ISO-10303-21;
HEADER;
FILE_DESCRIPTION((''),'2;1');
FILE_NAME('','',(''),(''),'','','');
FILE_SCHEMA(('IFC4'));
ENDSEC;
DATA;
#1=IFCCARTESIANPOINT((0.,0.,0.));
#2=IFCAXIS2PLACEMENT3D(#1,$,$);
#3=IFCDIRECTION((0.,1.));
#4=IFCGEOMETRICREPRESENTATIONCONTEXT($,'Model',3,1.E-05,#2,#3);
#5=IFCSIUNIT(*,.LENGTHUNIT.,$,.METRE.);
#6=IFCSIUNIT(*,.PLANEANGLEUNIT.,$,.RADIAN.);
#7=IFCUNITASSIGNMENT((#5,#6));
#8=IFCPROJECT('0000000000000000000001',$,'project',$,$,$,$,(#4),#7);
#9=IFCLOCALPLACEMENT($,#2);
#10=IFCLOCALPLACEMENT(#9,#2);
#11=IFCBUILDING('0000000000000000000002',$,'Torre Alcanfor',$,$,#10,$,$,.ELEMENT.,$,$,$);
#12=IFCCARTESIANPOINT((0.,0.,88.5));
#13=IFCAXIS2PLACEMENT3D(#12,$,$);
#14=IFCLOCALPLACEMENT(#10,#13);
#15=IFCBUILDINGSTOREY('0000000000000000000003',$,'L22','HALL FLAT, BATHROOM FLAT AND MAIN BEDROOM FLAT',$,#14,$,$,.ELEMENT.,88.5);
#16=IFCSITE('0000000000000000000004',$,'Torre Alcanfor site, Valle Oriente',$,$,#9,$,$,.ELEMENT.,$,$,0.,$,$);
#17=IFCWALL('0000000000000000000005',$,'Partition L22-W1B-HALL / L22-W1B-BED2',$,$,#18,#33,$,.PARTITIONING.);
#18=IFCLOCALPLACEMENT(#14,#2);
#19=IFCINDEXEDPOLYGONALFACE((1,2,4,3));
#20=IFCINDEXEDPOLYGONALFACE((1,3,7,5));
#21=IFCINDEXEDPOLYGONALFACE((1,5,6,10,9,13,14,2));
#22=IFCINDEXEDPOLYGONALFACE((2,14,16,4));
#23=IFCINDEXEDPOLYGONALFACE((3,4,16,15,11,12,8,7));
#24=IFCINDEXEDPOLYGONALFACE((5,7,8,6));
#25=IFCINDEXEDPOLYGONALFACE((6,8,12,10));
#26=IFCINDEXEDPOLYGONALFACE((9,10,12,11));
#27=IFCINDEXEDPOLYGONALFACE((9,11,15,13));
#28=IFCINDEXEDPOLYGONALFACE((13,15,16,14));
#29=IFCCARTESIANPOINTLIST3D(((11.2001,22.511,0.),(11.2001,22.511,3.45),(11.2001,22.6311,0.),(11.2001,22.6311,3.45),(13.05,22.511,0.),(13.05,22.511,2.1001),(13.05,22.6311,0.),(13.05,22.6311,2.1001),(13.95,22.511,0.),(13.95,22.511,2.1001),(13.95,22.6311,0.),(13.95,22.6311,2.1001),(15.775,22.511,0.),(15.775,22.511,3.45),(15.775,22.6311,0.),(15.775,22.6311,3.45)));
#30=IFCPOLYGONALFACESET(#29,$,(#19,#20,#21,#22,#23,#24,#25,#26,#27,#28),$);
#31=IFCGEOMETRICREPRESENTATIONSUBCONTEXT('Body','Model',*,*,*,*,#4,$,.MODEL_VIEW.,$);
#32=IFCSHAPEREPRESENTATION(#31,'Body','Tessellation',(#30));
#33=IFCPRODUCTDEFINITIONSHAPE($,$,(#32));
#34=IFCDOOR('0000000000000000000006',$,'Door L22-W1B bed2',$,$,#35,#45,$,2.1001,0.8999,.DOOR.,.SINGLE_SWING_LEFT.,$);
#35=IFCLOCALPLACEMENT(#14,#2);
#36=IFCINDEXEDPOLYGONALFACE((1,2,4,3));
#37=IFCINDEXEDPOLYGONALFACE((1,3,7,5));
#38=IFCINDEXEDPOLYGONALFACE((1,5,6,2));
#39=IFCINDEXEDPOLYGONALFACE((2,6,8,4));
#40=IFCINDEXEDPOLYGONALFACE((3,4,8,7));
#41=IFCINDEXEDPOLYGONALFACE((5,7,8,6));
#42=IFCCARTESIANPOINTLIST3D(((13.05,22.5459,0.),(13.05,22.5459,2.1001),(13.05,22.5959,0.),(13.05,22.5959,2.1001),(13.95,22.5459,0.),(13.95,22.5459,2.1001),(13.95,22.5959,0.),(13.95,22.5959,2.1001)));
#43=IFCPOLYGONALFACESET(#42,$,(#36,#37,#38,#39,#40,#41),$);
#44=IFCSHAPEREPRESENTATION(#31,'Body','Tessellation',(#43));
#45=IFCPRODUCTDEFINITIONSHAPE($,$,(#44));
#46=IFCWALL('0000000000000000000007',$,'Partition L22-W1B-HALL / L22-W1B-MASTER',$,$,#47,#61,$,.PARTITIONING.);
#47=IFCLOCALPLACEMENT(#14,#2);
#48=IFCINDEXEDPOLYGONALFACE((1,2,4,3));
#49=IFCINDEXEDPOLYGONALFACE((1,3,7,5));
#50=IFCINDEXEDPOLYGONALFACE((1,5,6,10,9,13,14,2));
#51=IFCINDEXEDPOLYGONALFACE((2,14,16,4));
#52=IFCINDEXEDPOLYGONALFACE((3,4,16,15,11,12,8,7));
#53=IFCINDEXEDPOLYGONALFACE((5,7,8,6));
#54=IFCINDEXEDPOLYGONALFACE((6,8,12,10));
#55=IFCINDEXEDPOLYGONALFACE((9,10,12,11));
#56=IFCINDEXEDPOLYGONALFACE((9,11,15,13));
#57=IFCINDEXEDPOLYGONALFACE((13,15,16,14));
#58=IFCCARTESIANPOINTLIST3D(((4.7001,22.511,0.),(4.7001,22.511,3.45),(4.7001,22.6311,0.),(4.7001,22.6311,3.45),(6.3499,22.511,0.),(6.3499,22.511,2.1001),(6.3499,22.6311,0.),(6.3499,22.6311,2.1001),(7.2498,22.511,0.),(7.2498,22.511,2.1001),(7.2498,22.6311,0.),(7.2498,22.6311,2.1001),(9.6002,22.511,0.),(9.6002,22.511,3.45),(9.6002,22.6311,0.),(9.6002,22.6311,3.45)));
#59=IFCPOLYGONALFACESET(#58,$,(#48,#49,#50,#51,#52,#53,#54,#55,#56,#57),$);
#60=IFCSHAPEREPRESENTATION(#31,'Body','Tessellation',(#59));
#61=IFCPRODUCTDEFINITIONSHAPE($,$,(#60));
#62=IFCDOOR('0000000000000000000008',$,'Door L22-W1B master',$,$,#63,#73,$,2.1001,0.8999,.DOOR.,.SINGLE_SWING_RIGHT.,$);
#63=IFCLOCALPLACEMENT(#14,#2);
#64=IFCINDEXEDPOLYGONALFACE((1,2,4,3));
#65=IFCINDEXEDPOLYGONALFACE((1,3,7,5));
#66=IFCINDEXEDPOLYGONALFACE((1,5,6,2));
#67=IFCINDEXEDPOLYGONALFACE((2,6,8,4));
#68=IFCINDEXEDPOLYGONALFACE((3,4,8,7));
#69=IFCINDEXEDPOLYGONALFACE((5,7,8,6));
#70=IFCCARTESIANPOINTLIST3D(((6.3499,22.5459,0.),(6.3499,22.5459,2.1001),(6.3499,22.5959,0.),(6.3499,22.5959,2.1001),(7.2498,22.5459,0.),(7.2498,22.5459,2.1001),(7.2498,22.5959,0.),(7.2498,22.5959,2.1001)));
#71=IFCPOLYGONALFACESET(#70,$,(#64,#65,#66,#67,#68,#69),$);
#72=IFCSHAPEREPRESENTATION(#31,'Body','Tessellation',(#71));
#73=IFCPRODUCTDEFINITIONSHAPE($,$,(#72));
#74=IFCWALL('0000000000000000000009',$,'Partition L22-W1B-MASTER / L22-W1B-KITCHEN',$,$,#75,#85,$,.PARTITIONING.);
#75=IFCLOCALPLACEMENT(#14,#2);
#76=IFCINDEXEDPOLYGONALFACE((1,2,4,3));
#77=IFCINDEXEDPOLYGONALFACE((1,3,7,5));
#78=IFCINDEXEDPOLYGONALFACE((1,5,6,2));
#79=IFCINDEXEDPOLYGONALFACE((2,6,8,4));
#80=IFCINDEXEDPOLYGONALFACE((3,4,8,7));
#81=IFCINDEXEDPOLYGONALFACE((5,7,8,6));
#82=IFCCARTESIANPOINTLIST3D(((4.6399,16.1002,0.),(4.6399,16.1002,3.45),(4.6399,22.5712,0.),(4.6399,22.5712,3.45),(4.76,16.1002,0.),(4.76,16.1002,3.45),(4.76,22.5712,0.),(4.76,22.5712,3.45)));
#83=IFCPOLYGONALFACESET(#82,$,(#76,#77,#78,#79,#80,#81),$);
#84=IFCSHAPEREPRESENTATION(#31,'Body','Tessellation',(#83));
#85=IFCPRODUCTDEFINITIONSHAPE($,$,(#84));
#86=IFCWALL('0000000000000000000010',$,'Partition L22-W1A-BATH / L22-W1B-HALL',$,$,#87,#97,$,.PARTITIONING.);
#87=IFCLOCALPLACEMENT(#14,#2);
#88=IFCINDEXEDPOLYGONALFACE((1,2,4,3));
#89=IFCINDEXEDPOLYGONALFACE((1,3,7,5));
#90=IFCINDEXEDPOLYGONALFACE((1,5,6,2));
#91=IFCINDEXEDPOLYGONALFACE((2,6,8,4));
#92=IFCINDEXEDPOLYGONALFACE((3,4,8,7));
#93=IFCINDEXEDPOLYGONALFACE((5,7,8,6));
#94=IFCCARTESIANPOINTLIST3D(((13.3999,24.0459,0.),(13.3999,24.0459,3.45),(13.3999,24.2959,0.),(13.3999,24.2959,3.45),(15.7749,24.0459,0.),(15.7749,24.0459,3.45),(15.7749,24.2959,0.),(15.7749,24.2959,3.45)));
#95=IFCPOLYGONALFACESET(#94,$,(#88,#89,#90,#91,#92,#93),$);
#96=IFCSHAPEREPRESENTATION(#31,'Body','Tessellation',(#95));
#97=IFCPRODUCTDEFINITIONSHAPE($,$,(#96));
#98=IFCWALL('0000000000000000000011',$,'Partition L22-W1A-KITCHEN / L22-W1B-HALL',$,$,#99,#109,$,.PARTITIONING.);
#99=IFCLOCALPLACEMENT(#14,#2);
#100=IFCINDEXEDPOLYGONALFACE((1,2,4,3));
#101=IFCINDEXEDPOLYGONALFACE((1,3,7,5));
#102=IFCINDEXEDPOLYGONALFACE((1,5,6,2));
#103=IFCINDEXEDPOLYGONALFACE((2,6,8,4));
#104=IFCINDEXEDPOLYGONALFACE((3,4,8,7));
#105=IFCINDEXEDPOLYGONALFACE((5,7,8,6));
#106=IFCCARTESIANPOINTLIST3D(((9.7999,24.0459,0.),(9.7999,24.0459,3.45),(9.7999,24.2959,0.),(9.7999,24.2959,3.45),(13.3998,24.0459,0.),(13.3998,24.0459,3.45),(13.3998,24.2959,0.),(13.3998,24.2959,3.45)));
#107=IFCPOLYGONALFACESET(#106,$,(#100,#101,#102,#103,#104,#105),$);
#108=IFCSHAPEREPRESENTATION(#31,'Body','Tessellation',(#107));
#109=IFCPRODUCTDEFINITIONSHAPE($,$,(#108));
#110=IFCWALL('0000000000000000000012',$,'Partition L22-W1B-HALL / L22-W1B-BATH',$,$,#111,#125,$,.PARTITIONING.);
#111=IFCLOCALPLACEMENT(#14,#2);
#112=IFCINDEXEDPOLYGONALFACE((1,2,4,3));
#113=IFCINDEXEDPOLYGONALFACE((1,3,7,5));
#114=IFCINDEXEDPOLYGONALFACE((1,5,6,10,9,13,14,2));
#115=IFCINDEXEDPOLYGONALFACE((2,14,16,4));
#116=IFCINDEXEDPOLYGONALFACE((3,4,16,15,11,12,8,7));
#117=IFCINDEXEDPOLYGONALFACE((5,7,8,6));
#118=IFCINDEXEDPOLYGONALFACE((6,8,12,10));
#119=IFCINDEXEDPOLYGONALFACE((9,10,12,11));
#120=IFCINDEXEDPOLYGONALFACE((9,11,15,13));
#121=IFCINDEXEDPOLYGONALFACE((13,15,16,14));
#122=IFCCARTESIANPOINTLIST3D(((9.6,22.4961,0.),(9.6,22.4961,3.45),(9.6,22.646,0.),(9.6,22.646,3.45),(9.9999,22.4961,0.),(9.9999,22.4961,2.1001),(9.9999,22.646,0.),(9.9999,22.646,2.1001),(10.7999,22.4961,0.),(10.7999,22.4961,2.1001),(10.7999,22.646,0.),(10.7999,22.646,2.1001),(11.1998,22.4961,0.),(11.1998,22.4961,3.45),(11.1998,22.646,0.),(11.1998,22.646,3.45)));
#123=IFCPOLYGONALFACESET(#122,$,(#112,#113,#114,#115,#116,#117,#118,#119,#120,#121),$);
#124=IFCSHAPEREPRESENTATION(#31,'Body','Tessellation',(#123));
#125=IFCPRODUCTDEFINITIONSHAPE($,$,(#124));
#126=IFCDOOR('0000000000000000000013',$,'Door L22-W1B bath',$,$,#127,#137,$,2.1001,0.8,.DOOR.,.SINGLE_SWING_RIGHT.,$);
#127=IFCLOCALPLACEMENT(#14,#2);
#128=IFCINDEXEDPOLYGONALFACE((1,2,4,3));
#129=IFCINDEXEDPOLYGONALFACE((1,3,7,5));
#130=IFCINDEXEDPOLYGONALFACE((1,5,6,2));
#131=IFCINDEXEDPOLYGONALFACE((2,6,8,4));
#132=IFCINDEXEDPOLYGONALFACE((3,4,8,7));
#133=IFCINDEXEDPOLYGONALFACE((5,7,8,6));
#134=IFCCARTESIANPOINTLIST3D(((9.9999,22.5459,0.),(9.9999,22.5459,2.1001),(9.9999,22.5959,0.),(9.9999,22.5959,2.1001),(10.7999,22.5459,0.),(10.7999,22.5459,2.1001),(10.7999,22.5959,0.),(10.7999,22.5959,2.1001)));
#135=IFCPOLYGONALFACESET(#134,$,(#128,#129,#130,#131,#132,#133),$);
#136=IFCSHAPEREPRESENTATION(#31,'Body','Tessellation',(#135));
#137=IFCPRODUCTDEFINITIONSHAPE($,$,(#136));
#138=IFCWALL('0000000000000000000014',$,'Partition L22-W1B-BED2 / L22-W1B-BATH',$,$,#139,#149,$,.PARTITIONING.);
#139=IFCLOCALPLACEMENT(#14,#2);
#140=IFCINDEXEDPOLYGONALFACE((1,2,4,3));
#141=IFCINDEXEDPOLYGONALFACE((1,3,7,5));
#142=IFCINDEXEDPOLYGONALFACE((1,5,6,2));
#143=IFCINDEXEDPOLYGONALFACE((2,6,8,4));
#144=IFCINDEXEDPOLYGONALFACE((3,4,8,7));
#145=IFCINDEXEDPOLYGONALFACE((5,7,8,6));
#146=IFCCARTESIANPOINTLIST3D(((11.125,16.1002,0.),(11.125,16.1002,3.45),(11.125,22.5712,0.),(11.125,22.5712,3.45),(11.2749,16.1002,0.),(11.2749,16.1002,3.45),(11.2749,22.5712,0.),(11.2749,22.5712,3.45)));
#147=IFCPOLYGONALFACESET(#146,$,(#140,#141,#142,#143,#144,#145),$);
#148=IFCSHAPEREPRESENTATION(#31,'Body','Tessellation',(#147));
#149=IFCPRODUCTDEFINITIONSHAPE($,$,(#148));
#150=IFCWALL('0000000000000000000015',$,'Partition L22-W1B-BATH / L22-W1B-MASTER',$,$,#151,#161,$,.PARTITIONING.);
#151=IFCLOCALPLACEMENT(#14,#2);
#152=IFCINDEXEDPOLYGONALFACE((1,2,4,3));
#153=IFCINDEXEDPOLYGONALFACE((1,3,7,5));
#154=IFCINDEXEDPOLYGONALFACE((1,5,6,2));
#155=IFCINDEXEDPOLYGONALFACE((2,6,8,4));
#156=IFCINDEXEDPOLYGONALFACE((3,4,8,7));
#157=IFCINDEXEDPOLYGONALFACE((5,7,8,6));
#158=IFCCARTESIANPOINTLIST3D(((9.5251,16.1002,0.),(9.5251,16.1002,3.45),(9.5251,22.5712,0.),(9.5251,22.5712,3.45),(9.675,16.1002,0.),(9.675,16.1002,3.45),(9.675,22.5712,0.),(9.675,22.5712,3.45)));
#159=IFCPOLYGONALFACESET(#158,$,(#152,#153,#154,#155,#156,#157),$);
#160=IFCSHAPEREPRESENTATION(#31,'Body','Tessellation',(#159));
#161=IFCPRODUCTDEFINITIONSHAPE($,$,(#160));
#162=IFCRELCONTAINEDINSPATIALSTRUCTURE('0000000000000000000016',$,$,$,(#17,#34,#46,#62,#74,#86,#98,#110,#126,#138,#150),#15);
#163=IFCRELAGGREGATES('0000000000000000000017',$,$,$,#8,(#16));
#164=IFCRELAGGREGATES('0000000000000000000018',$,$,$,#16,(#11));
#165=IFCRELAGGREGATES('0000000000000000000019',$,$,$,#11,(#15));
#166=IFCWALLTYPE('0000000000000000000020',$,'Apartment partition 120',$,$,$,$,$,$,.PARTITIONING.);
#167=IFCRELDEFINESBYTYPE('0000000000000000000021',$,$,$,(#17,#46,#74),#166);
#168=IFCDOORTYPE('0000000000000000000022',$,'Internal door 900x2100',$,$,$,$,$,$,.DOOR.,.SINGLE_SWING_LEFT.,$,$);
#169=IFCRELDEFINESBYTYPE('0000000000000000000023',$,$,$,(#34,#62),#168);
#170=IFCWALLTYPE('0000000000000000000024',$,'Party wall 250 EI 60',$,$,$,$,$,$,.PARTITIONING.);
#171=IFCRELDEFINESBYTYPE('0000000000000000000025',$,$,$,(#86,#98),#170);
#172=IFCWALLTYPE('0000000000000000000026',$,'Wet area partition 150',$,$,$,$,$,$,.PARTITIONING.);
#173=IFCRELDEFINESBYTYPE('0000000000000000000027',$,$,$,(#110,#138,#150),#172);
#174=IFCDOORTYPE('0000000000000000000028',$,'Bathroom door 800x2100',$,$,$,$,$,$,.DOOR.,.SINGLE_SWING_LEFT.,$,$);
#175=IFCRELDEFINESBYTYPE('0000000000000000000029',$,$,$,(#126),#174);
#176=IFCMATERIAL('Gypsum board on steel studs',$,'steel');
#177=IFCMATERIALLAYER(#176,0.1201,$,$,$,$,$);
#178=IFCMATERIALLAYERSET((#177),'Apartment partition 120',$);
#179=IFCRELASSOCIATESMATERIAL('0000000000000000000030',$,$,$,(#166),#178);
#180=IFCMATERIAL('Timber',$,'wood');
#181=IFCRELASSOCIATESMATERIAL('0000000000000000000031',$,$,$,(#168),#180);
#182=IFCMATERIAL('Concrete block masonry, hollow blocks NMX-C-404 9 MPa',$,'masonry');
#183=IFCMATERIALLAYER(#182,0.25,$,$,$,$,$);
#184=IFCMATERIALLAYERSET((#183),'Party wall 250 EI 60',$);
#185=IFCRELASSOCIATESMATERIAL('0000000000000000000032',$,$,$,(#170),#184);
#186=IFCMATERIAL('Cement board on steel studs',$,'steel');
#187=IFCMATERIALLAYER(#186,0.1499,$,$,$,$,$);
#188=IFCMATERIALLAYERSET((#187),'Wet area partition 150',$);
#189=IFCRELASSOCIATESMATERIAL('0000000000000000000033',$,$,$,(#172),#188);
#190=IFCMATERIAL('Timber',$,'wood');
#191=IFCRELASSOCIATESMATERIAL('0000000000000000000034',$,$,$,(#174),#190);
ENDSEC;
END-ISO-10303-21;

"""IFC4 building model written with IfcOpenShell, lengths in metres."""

from ifc_helpers import new_model, si_unit, direction, frame, frame_2d, origin, place, context, subcontext, project, spatial, rectangle, extrude, material, layer, layer_set, type_object, element, fill, save


model = new_model("IFC4")

# Units and contexts
model_context = context("Model", 3, precision=1e-05, world=origin(), true_north=direction((0.0, 1.0)))
body_context = subcontext(model_context, "Body", "Model", "MODEL_VIEW")
ifc_project = project(units=[si_unit("LENGTHUNIT", "METRE"), si_unit("PLANEANGLEUNIT", "RADIAN")], contexts=[model_context])

# Site, building, storey
site_placement = place(None, origin())
site = spatial("IfcSite", under=ifc_project, at=site_placement, Name="Torre Alcanfor site, Valle Oriente", CompositionType="ELEMENT", RefElevation=0.0)
building_placement = place(site_placement, origin())
building = spatial("IfcBuilding", under=site, at=building_placement, Name="Torre Alcanfor", CompositionType="ELEMENT")
storey_placement = place(building_placement, frame((0.0, 0.0, 88.5)))
storey = spatial("IfcBuildingStorey", under=building, at=storey_placement, Name="L22", Description="HALL FLAT, BATHROOM FLAT AND MAIN BEDROOM FLAT", CompositionType="ELEMENT", Elevation=88.5)

# Walls, openings, doors
ifc_material_1 = material(Name="Gypsum board on steel studs", Category="steel")
ifc_layer_1 = layer(ifc_material_1, 0.1201)
ifc_layer_set_1 = layer_set([ifc_layer_1], Name="Apartment partition 120")
wall_type_1 = type_object("IfcWallType", Name="Apartment partition 120", PredefinedType="PARTITIONING", material=ifc_layer_set_1)
wall_1_placement = place(storey_placement, frame((11.2, 22.571, 0.0), z_axis=(0.0, 0.0, 1.0), x_axis=(1.0, 0.0, 0.0)))
wall_1 = element("IfcWall", 1, at=wall_1_placement, inside=storey, type_object=wall_type_1, Name="Partition L22-W1B-HALL / L22-W1B-BED2", PredefinedType="PARTITIONING", context=body_context, shape_type="SweptSolid", body=[
    extrude(rectangle(XDim=4.575, YDim=0.1201, at=frame_2d((2.2876, 0.0))), origin(), (0.0, 0.0, 1.0), 3.45),
])
opening_1_placement = place(wall_1_placement, frame((1.8501, 0.0, 0.0)))
opening_1 = element("IfcOpeningElement", 2, at=opening_1_placement, cuts=wall_1, PredefinedType="OPENING", context=body_context, shape_type="SweptSolid", body=[
    extrude(rectangle(XDim=0.8999, YDim=2.1001, at=frame_2d((0.45, 1.05))), frame((0.0, 0.0701, 0.0), z_axis=(0.0, -1.0, 0.0), x_axis=(1.0, 0.0, 0.0)), (0.0, 0.0, 1.0), 0.1401),
])
ifc_material_2 = material(Name="Timber", Category="wood")
door_type_1 = type_object("IfcDoorType", Name="Internal door 900x2100", OperationType="SINGLE_SWING_LEFT", PredefinedType="DOOR", material=ifc_material_2)
door_1_placement = place(opening_1_placement, frame((0.8999, 0.0, 0.0), z_axis=(0.0, 0.0, 1.0), x_axis=(-1.0, 0.0, 0.0)))
door_1 = element("IfcDoor", 3, at=door_1_placement, inside=storey, type_object=door_type_1, Name="Door L22-W1B bed2", OperationType="SINGLE_SWING_LEFT", OverallHeight=2.1001, OverallWidth=0.8999, PredefinedType="DOOR", context=body_context, shape_type="SweptSolid", body=[
    extrude(rectangle(XDim=0.8999, YDim=2.1001, at=frame_2d((0.45, 1.05))), frame((0.0, 0.0251, 0.0), z_axis=(0.0, -1.0, 0.0), x_axis=(1.0, 0.0, 0.0)), (0.0, 0.0, 1.0), 0.05),
])
fill(opening_1, door_1)
wall_2_placement = place(storey_placement, frame((4.7, 22.571, 0.0), z_axis=(0.0, 0.0, 1.0), x_axis=(1.0, 0.0, 0.0)))
wall_2 = element("IfcWall", 4, at=wall_2_placement, inside=storey, type_object=wall_type_1, Name="Partition L22-W1B-HALL / L22-W1B-MASTER", PredefinedType="PARTITIONING", context=body_context, shape_type="SweptSolid", body=[
    extrude(rectangle(XDim=4.9001, YDim=0.1201, at=frame_2d((2.4502, 0.0))), origin(), (0.0, 0.0, 1.0), 3.45),
])
opening_2_placement = place(wall_2_placement, frame((1.6499, 0.0, 0.0)))
opening_2 = element("IfcOpeningElement", 5, at=opening_2_placement, cuts=wall_2, PredefinedType="OPENING", context=body_context, shape_type="SweptSolid", body=[
    extrude(rectangle(XDim=0.8999, YDim=2.1001, at=frame_2d((0.45, 1.05))), frame((0.0, 0.0701, 0.0), z_axis=(0.0, -1.0, 0.0), x_axis=(1.0, 0.0, 0.0)), (0.0, 0.0, 1.0), 0.1401),
])
door_2_placement = place(opening_2_placement, frame((0.8999, 0.0, 0.0), z_axis=(0.0, 0.0, 1.0), x_axis=(-1.0, 0.0, 0.0)))
door_2 = element("IfcDoor", 6, at=door_2_placement, inside=storey, type_object=door_type_1, Name="Door L22-W1B master", OperationType="SINGLE_SWING_RIGHT", OverallHeight=2.1001, OverallWidth=0.8999, PredefinedType="DOOR", context=body_context, shape_type="SweptSolid", body=[
    extrude(rectangle(XDim=0.8999, YDim=2.1001, at=frame_2d((0.45, 1.05))), frame((0.0, 0.0251, 0.0), z_axis=(0.0, -1.0, 0.0), x_axis=(1.0, 0.0, 0.0)), (0.0, 0.0, 1.0), 0.05),
])
fill(opening_2, door_2)

# Walls
wall_3_placement = place(storey_placement, frame((4.7, 22.571, 0.0), z_axis=(0.0, 0.0, 1.0), x_axis=(0.0, -1.0, 0.0)))
element("IfcWall", 7, at=wall_3_placement, inside=storey, type_object=wall_type_1, Name="Partition L22-W1B-MASTER / L22-W1B-KITCHEN", PredefinedType="PARTITIONING", context=body_context, shape_type="SweptSolid", body=[
    extrude(rectangle(XDim=6.4709, YDim=0.1201, at=frame_2d((3.2354, 0.0))), origin(), (0.0, 0.0, 1.0), 3.45),
])
ifc_material_3 = material(Name="Concrete block masonry, hollow blocks NMX-C-404 9 MPa", Category="masonry")
ifc_layer_2 = layer(ifc_material_3, 0.25)
ifc_layer_set_2 = layer_set([ifc_layer_2], Name="Party wall 250 EI 60")
wall_type_2 = type_object("IfcWallType", Name="Party wall 250 EI 60", PredefinedType="PARTITIONING", material=ifc_layer_set_2)
wall_4_placement = place(storey_placement, frame((13.3999, 24.1709, 0.0), z_axis=(0.0, 0.0, 1.0), x_axis=(1.0, 0.0, 0.0)))
element("IfcWall", 8, at=wall_4_placement, inside=storey, type_object=wall_type_2, Name="Partition L22-W1A-BATH / L22-W1B-HALL", PredefinedType="PARTITIONING", context=body_context, shape_type="SweptSolid", body=[
    extrude(rectangle(XDim=2.375, YDim=0.25, at=frame_2d((1.1875, 0.0))), origin(), (0.0, 0.0, 1.0), 3.45),
])
wall_5_placement = place(storey_placement, frame((9.8, 24.1709, 0.0), z_axis=(0.0, 0.0, 1.0), x_axis=(1.0, 0.0, 0.0)))
element("IfcWall", 9, at=wall_5_placement, inside=storey, type_object=wall_type_2, Name="Partition L22-W1A-KITCHEN / L22-W1B-HALL", PredefinedType="PARTITIONING", context=body_context, shape_type="SweptSolid", body=[
    extrude(rectangle(XDim=3.5999, YDim=0.25, at=frame_2d((1.7998, 0.0))), origin(), (0.0, 0.0, 1.0), 3.45),
])

# Wall, opening, door
ifc_material_4 = material(Name="Cement board on steel studs", Category="steel")
ifc_layer_3 = layer(ifc_material_4, 0.1499)
ifc_layer_set_3 = layer_set([ifc_layer_3], Name="Wet area partition 150")
wall_type_3 = type_object("IfcWallType", Name="Wet area partition 150", PredefinedType="PARTITIONING", material=ifc_layer_set_3)
wall_6_placement = place(storey_placement, frame((9.6001, 22.571, 0.0), z_axis=(0.0, 0.0, 1.0), x_axis=(1.0, 0.0, 0.0)))
wall_6 = element("IfcWall", 10, at=wall_6_placement, inside=storey, type_object=wall_type_3, Name="Partition L22-W1B-HALL / L22-W1B-BATH", PredefinedType="PARTITIONING", context=body_context, shape_type="SweptSolid", body=[
    extrude(rectangle(XDim=1.5999, YDim=0.1499, at=frame_2d((0.7998, 0.0))), origin(), (0.0, 0.0, 1.0), 3.45),
])
opening_3_placement = place(wall_6_placement, frame((0.3999, 0.0, 0.0)))
opening_3 = element("IfcOpeningElement", 11, at=opening_3_placement, cuts=wall_6, PredefinedType="OPENING", context=body_context, shape_type="SweptSolid", body=[
    extrude(rectangle(XDim=0.8, YDim=2.1001, at=frame_2d((0.3999, 1.05))), frame((0.0, 0.085, 0.0), z_axis=(0.0, -1.0, 0.0), x_axis=(1.0, 0.0, 0.0)), (0.0, 0.0, 1.0), 0.1699),
])
ifc_material_5 = material(Name="Timber", Category="wood")
door_type_2 = type_object("IfcDoorType", Name="Bathroom door 800x2100", OperationType="SINGLE_SWING_LEFT", PredefinedType="DOOR", material=ifc_material_5)
door_3_placement = place(opening_3_placement, frame((0.8, 0.0, 0.0), z_axis=(0.0, 0.0, 1.0), x_axis=(-1.0, 0.0, 0.0)))
door_3 = element("IfcDoor", 12, at=door_3_placement, inside=storey, type_object=door_type_2, Name="Door L22-W1B bath", OperationType="SINGLE_SWING_RIGHT", OverallHeight=2.1001, OverallWidth=0.8, PredefinedType="DOOR", context=body_context, shape_type="SweptSolid", body=[
    extrude(rectangle(XDim=0.8, YDim=2.1001, at=frame_2d((0.4001, 1.05))), frame((0.0, 0.0251, 0.0), z_axis=(0.0, -1.0, 0.0), x_axis=(1.0, 0.0, 0.0)), (0.0, 0.0, 1.0), 0.05),
])
fill(opening_3, door_3)

# Walls
for number, where, z_axis, x_axis, name in (
    (13, (11.2, 22.571, 0.0), (0.0, 0.0, 1.0), (0.0, -1.0, 0.0), "Partition L22-W1B-BED2 / L22-W1B-BATH"),
    (14, (9.6001, 22.571, 0.0), (0.0, 0.0, 1.0), (0.0, -1.0, 0.0), "Partition L22-W1B-BATH / L22-W1B-MASTER"),
):
    element("IfcWall", number, at=place(storey_placement, frame(where, z_axis=z_axis, x_axis=x_axis)), inside=storey, type_object=wall_type_3, Name=name, PredefinedType="PARTITIONING", context=body_context, shape_type="SweptSolid", body=[
        extrude(rectangle(XDim=6.4709, YDim=0.1499, at=frame_2d((3.2354, 0.0))), origin(), (0.0, 0.0, 1.0), 3.45),
    ])

save(model, "model.ifc")
